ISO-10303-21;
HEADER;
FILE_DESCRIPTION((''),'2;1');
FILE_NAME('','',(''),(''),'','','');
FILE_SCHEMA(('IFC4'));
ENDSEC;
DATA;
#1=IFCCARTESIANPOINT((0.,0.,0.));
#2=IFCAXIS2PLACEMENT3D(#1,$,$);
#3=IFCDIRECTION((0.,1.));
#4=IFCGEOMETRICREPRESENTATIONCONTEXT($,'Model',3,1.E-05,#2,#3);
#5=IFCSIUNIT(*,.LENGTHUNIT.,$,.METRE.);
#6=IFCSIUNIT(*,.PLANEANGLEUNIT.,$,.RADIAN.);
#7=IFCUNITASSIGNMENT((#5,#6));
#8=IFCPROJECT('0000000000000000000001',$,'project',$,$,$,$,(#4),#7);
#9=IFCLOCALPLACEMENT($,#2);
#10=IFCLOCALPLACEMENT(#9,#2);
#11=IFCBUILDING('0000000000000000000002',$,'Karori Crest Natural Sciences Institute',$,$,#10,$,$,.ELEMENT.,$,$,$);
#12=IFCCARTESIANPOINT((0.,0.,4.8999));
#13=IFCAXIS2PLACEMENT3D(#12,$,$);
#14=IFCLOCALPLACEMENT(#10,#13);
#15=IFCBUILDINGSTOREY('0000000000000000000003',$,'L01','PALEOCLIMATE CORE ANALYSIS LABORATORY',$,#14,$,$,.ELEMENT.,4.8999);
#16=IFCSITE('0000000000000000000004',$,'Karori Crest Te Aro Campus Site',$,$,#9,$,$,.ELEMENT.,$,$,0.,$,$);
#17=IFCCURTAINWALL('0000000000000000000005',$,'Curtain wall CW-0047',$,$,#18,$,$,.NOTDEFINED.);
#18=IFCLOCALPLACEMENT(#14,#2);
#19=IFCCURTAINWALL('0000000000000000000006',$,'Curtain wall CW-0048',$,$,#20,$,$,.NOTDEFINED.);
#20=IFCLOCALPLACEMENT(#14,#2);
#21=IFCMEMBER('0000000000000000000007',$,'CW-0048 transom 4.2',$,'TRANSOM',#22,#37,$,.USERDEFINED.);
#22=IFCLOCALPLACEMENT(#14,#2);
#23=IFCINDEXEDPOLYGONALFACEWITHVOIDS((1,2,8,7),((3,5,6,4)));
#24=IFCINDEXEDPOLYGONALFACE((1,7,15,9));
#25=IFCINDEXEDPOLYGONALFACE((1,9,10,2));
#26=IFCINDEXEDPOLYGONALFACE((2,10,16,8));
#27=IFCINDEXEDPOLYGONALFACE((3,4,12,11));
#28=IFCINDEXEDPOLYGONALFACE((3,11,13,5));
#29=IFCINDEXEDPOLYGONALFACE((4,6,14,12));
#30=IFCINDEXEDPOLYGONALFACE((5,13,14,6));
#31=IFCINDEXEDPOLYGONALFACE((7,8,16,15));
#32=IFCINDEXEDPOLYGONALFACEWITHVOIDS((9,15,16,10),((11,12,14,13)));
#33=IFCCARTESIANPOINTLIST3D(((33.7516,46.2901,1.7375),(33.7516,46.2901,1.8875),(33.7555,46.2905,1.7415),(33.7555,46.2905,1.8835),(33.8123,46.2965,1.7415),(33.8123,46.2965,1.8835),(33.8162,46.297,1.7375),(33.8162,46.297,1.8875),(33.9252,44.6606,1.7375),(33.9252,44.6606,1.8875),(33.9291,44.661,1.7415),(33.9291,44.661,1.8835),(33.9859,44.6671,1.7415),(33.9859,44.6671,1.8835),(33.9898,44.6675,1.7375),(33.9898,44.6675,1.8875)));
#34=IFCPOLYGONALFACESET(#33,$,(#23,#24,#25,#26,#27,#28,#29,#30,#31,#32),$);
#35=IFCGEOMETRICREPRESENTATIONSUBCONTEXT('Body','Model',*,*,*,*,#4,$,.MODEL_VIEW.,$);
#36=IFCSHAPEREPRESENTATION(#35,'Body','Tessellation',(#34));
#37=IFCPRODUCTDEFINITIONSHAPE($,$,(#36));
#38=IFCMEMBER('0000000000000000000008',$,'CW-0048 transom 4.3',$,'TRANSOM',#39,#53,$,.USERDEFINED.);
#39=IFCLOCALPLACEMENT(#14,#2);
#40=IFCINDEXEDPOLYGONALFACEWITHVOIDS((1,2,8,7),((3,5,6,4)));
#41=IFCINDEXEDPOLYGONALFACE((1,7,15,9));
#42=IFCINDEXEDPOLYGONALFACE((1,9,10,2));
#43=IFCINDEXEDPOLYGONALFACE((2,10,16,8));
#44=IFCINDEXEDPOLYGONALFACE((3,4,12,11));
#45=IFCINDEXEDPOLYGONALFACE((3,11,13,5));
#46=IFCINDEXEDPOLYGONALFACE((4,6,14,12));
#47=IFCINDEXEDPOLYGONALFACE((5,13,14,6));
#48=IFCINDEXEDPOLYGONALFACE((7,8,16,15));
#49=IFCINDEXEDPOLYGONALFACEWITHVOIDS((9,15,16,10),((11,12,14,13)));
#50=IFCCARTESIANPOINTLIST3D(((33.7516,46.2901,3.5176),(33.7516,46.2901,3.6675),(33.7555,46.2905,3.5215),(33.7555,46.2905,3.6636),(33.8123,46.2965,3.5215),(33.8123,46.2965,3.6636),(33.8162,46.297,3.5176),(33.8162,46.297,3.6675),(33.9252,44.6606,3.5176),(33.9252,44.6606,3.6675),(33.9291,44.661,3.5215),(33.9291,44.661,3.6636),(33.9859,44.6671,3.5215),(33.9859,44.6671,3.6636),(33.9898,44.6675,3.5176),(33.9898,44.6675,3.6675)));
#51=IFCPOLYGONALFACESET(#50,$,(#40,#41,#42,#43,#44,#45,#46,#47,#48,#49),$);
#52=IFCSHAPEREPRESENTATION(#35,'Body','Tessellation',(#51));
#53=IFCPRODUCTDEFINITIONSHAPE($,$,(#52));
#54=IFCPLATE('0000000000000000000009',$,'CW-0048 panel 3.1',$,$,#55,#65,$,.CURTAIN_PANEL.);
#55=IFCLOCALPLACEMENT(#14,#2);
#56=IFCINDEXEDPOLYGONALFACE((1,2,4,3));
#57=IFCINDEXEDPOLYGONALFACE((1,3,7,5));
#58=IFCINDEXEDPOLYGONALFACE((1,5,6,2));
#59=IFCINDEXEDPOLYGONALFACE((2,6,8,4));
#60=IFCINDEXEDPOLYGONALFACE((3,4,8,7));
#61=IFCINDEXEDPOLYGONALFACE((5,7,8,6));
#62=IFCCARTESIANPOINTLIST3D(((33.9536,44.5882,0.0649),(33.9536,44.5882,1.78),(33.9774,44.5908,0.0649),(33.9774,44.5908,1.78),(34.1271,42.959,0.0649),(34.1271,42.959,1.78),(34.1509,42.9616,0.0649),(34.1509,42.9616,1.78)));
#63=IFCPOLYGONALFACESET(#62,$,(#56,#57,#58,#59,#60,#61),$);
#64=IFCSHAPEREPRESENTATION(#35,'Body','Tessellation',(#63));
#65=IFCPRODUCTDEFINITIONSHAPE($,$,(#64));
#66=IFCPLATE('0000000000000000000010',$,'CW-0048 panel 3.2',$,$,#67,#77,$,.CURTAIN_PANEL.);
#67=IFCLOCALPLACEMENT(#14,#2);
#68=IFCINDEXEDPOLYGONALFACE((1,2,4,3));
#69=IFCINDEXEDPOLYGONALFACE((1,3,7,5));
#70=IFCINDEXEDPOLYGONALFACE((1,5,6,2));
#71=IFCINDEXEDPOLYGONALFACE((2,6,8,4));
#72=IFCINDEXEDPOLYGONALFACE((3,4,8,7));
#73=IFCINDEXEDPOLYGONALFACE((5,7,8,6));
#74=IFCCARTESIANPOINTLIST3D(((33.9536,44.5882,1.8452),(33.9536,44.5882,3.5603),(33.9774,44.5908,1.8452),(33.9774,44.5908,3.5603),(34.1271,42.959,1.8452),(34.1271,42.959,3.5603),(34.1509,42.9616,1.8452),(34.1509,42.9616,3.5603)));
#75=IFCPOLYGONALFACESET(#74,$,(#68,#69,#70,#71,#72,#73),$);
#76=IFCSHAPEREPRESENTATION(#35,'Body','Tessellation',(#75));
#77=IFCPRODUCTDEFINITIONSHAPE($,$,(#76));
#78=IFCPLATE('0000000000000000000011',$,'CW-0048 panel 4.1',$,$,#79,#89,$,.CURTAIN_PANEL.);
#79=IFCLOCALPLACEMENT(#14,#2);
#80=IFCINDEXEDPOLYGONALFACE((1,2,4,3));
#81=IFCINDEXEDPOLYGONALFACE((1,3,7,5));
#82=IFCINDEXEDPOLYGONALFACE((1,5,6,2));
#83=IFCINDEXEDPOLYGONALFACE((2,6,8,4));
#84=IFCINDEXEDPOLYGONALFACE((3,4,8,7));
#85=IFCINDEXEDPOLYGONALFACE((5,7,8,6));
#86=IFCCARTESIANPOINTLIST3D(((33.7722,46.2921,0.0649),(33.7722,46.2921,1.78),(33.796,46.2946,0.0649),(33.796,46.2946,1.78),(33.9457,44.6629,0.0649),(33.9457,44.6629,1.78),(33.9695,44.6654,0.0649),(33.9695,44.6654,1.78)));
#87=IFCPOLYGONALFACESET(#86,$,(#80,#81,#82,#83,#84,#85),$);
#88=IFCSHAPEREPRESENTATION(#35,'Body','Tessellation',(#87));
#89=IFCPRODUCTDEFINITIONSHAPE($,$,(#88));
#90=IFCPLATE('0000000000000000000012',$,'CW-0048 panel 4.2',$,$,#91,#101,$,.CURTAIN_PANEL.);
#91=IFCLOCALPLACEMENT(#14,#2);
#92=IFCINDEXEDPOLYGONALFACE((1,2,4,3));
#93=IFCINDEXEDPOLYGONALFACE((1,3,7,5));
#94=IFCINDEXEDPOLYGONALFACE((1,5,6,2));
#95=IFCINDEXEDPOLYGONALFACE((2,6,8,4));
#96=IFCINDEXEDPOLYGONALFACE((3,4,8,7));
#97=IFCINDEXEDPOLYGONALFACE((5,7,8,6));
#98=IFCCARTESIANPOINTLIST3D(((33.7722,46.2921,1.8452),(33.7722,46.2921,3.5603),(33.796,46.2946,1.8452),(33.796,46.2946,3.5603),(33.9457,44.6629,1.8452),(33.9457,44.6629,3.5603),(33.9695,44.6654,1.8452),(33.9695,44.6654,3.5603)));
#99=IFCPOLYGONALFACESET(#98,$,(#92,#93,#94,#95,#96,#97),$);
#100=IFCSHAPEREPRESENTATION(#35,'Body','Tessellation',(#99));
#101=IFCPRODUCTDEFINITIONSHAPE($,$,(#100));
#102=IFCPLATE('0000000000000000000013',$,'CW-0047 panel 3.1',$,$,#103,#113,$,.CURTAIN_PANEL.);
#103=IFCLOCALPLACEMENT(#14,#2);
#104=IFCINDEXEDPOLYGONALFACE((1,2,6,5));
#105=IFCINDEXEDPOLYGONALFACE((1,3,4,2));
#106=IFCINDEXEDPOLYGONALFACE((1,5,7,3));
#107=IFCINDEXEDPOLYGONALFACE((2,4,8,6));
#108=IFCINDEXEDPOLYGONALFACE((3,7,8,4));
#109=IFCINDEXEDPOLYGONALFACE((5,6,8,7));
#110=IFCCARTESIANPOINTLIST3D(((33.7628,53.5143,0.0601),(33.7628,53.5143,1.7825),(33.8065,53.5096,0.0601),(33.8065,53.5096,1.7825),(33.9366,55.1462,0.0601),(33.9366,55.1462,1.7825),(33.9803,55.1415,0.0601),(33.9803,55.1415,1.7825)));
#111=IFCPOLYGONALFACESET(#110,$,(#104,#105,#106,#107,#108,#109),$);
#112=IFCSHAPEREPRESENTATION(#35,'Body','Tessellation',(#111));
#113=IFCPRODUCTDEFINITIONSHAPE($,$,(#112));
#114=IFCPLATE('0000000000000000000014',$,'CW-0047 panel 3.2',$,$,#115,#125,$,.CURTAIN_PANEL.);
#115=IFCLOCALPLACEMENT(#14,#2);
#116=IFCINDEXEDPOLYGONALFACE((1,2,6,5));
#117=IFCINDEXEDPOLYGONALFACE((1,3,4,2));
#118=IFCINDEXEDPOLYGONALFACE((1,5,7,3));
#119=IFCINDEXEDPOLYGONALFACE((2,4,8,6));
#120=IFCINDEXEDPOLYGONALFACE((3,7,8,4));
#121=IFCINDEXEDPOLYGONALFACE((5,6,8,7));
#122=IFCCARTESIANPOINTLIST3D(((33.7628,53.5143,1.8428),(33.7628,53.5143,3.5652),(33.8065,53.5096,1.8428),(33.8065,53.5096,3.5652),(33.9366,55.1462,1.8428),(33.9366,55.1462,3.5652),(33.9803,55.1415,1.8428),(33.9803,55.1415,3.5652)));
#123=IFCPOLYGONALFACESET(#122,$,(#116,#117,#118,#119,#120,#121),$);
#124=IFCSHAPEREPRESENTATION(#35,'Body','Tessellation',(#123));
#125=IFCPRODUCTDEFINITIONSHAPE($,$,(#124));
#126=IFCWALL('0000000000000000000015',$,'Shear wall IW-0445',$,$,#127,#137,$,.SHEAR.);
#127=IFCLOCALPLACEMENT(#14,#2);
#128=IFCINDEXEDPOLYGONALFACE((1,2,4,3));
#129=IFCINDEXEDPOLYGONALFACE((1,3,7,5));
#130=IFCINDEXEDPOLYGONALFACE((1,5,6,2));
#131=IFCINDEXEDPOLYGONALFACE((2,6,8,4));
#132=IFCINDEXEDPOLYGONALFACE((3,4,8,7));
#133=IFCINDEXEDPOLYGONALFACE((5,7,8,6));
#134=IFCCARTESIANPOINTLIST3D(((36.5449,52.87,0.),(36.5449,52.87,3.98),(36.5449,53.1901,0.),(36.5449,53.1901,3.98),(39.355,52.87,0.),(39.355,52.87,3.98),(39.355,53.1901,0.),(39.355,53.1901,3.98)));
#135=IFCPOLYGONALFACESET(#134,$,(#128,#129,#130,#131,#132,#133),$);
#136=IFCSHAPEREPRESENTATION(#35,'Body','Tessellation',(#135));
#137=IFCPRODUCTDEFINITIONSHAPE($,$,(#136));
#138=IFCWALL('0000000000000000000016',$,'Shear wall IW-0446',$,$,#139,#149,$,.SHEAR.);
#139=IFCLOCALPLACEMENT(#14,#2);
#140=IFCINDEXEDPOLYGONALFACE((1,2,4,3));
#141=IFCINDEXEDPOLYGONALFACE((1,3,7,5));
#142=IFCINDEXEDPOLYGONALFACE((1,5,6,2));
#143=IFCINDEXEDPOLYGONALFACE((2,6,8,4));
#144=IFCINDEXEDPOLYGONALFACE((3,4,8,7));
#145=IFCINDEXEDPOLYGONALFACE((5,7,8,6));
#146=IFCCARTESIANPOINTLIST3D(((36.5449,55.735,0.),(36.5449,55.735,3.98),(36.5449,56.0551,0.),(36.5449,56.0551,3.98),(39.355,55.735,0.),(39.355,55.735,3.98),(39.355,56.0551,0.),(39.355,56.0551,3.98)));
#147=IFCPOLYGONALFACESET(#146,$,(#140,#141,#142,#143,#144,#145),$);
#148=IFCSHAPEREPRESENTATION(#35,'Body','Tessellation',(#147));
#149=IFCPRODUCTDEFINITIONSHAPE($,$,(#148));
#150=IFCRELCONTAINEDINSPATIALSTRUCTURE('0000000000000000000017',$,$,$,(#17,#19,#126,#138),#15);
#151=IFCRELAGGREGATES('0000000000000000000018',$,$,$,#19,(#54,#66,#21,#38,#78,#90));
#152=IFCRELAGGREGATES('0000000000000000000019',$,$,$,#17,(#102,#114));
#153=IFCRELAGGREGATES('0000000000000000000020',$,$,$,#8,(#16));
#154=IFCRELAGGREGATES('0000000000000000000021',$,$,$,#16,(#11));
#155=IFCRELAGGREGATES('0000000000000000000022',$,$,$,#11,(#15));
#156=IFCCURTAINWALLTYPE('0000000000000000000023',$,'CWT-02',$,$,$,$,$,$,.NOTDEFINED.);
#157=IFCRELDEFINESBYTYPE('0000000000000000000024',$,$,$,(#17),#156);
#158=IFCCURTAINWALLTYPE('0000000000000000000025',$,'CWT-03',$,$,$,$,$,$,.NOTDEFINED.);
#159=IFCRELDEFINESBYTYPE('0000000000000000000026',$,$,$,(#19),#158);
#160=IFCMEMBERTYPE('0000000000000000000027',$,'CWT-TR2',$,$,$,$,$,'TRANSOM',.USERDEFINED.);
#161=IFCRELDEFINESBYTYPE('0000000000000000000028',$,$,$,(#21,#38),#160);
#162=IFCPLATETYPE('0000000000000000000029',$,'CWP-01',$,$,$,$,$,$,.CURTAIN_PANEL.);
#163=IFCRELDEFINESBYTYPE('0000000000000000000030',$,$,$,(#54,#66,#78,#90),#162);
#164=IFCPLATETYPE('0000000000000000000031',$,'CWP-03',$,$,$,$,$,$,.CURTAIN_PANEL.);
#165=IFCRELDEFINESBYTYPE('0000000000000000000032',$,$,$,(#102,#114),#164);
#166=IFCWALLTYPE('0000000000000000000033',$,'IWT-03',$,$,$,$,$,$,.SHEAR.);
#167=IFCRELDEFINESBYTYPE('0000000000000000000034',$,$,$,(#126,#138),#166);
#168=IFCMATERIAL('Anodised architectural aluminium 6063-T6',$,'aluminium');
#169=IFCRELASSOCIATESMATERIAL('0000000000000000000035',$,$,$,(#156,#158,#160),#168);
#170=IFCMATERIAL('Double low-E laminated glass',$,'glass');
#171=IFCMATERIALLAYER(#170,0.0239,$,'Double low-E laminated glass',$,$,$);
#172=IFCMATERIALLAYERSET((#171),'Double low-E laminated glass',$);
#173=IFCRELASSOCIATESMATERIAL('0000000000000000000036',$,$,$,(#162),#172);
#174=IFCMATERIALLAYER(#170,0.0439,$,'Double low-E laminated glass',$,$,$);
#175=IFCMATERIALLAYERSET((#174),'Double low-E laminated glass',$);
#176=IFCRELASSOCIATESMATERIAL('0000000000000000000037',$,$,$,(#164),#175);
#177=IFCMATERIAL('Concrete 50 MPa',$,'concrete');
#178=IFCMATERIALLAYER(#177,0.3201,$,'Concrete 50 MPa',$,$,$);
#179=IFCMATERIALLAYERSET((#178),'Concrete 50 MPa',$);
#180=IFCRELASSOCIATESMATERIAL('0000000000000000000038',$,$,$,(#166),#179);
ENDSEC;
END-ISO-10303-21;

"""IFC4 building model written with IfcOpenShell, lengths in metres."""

from ifc_helpers import new_model, si_unit, direction, frame, frame_2d, origin, origin_2d, place, context, subcontext, project, spatial, rectangle, hollow_rectangle, extrude, material, layer, layer_set, material_profile, profile_set, type_object, element, aggregate, save


model = new_model("IFC4")

# Units and contexts
model_context = context("Model", 3, precision=1e-05, world=origin(), true_north=direction((0.0, 1.0)))
body_context = subcontext(model_context, "Body", "Model", "MODEL_VIEW")
ifc_project = project(units=[si_unit("LENGTHUNIT", "METRE"), si_unit("PLANEANGLEUNIT", "RADIAN")], contexts=[model_context])

# Site, building, storey
site_placement = place(None, origin())
site = spatial("IfcSite", under=ifc_project, at=site_placement, Name="Karori Crest Te Aro Campus Site", CompositionType="ELEMENT", RefElevation=0.0)
building_placement = place(site_placement, origin())
building = spatial("IfcBuilding", under=site, at=building_placement, Name="Karori Crest Natural Sciences Institute", CompositionType="ELEMENT")
storey_placement = place(building_placement, frame((0.0, 0.0, 4.8999)))
storey = spatial("IfcBuildingStorey", under=building, at=storey_placement, Name="L01", Description="PALEOCLIMATE CORE ANALYSIS LABORATORY", CompositionType="ELEMENT", Elevation=4.8999)

# Curtain walls
ifc_material_1 = material(Name="Anodised architectural aluminium 6063-T6", Category="aluminium")
curtain_wall_type_1 = type_object("IfcCurtainWallType", Name="CWT-02", PredefinedType="NOTDEFINED", material=ifc_material_1)
curtain_wall_1_placement = place(storey_placement, origin())
curtain_wall_1 = element("IfcCurtainWall", 1, at=curtain_wall_1_placement, inside=storey, type_object=curtain_wall_type_1, Name="Curtain wall CW-0047", PredefinedType="NOTDEFINED")
curtain_wall_type_2 = type_object("IfcCurtainWallType", Name="CWT-03", PredefinedType="NOTDEFINED", material=ifc_material_1)
curtain_wall_2_placement = place(storey_placement, origin())
curtain_wall_2 = element("IfcCurtainWall", 2, at=curtain_wall_2_placement, inside=storey, type_object=curtain_wall_type_2, Name="Curtain wall CW-0048", PredefinedType="NOTDEFINED")

# Members
ifc_material_profile_1 = material_profile(ifc_material_1, hollow_rectangle(XDim=0.0649, YDim=0.1499, WallThickness=0.0039, at=origin_2d()), Name="CWT150x65x4")
ifc_profile_set_1 = profile_set([ifc_material_profile_1], Name="Anodised architectural aluminium 6063-T6")
member_type_1 = type_object("IfcMemberType", Name="CWT-TR2", ElementType="TRANSOM", PredefinedType="USERDEFINED", material=ifc_profile_set_1)
member_1_placement = place(storey_placement, frame((33.9575, 44.6641, 1.8125), z_axis=(-0.105933, 0.994373, 0.0), x_axis=(-0.994373, -0.105933, 0.0)))
member_1 = element("IfcMember", 3, at=member_1_placement, type_object=member_type_1, Name="CW-0048 transom 4.2", ObjectType="TRANSOM", PredefinedType="USERDEFINED", context=body_context, shape_type="SweptSolid", body=[
    extrude(hollow_rectangle(XDim=0.0649, YDim=0.1499, WallThickness=0.0039, at=origin_2d()), origin(), (0.0, 0.0, 1.0), 1.6387),
])
member_2_placement = place(storey_placement, frame((33.9575, 44.6641, 3.5925), z_axis=(-0.105933, 0.994373, 0.0), x_axis=(-0.994373, -0.105933, 0.0)))
member_2 = element("IfcMember", 4, at=member_2_placement, type_object=member_type_1, Name="CW-0048 transom 4.3", ObjectType="TRANSOM", PredefinedType="USERDEFINED", context=body_context, shape_type="SweptSolid", body=[
    extrude(hollow_rectangle(XDim=0.0649, YDim=0.1499, WallThickness=0.0039, at=origin_2d()), origin(), (0.0, 0.0, 1.0), 1.6387),
])

# Plates
ifc_material_2 = material(Name="Double low-E laminated glass", Category="glass")
ifc_layer_1 = layer(ifc_material_2, 0.0239, Name="Double low-E laminated glass")
ifc_layer_set_1 = layer_set([ifc_layer_1], Name="Double low-E laminated glass")
plate_type_1 = type_object("IfcPlateType", Name="CWP-01", PredefinedType="CURTAIN_PANEL", material=ifc_layer_set_1)
plate_1_placement = place(storey_placement, frame((34.0522, 43.7749, 0.0649), z_axis=(0.0, 0.0, 1.0), x_axis=(-0.105882, 0.994379, 0.0)))
plate_1 = element("IfcPlate", 5, at=plate_1_placement, type_object=plate_type_1, Name="CW-0048 panel 3.1", PredefinedType="CURTAIN_PANEL", context=body_context, shape_type="SweptSolid", body=[
    extrude(rectangle(XDim=1.6384, YDim=0.0239, at=origin_2d()), origin(), (0.0, 0.0, 1.0), 1.7151),
])
plate_2_placement = place(storey_placement, frame((34.0522, 43.7749, 1.8452), z_axis=(0.0, 0.0, 1.0), x_axis=(-0.105882, 0.994379, 0.0)))
plate_2 = element("IfcPlate", 6, at=plate_2_placement, type_object=plate_type_1, Name="CW-0048 panel 3.2", PredefinedType="CURTAIN_PANEL", context=body_context, shape_type="SweptSolid", body=[
    extrude(rectangle(XDim=1.6384, YDim=0.0239, at=origin_2d()), origin(), (0.0, 0.0, 1.0), 1.7151),
])
plate_3_placement = place(storey_placement, frame((33.8708, 45.4788, 0.0649), z_axis=(0.0, 0.0, 1.0), x_axis=(-0.105882, 0.994379, 0.0)))
plate_3 = element("IfcPlate", 7, at=plate_3_placement, type_object=plate_type_1, Name="CW-0048 panel 4.1", PredefinedType="CURTAIN_PANEL", context=body_context, shape_type="SweptSolid", body=[
    extrude(rectangle(XDim=1.6384, YDim=0.0239, at=origin_2d()), origin(), (0.0, 0.0, 1.0), 1.7151),
])
plate_4_placement = place(storey_placement, frame((33.8708, 45.4788, 1.8452), z_axis=(0.0, 0.0, 1.0), x_axis=(-0.105882, 0.994379, 0.0)))
plate_4 = element("IfcPlate", 8, at=plate_4_placement, type_object=plate_type_1, Name="CW-0048 panel 4.2", PredefinedType="CURTAIN_PANEL", context=body_context, shape_type="SweptSolid", body=[
    extrude(rectangle(XDim=1.6384, YDim=0.0239, at=origin_2d()), origin(), (0.0, 0.0, 1.0), 1.7151),
])
aggregate(curtain_wall_2, [plate_1, plate_2, member_1, member_2, plate_3, plate_4])
ifc_layer_2 = layer(ifc_material_2, 0.0439, Name="Double low-E laminated glass")
ifc_layer_set_2 = layer_set([ifc_layer_2], Name="Double low-E laminated glass")
plate_type_2 = type_object("IfcPlateType", Name="CWP-03", PredefinedType="CURTAIN_PANEL", material=ifc_layer_set_2)
plate_5_placement = place(storey_placement, frame((33.8716, 54.3279, 0.0601), z_axis=(0.0, 0.0, 1.0), x_axis=(0.105884, 0.994378, 0.0)))
plate_5 = element("IfcPlate", 9, at=plate_5_placement, type_object=plate_type_2, Name="CW-0047 panel 3.1", PredefinedType="CURTAIN_PANEL", context=body_context, shape_type="SweptSolid", body=[
    extrude(rectangle(XDim=1.6411, YDim=0.0439, at=origin_2d()), origin(), (0.0, 0.0, 1.0), 1.7224),
])
plate_6_placement = place(storey_placement, frame((33.8716, 54.3279, 1.8428), z_axis=(0.0, 0.0, 1.0), x_axis=(0.105884, 0.994378, 0.0)))
plate_6 = element("IfcPlate", 10, at=plate_6_placement, type_object=plate_type_2, Name="CW-0047 panel 3.2", PredefinedType="CURTAIN_PANEL", context=body_context, shape_type="SweptSolid", body=[
    extrude(rectangle(XDim=1.6411, YDim=0.0439, at=origin_2d()), origin(), (0.0, 0.0, 1.0), 1.7224),
])
aggregate(curtain_wall_1, [plate_5, plate_6])

# Walls
ifc_material_3 = material(Name="Concrete 50 MPa", Category="concrete")
ifc_layer_3 = layer(ifc_material_3, 0.3201, Name="Concrete 50 MPa")
ifc_layer_set_3 = layer_set([ifc_layer_3], Name="Concrete 50 MPa")
wall_type = type_object("IfcWallType", Name="IWT-03", PredefinedType="SHEAR", material=ifc_layer_set_3)
for number, where, z_axis, x_axis, name in (
    (11, (36.5449, 53.03, 0.0), (0.0, 0.0, 1.0), (1.0, 0.0, 0.0), "Shear wall IW-0445"),
    (12, (36.5449, 55.895, 0.0), (0.0, 0.0, 1.0), (1.0, 0.0, 0.0), "Shear wall IW-0446"),
):
    element("IfcWall", number, at=place(storey_placement, frame(where, z_axis=z_axis, x_axis=x_axis)), inside=storey, type_object=wall_type, Name=name, PredefinedType="SHEAR", context=body_context, shape_type="SweptSolid", body=[
        extrude(rectangle(XDim=2.8101, YDim=0.3201, at=frame_2d((1.405, 0.0))), origin(), (0.0, 0.0, 1.0), 3.98),
    ])

save(model, "model.ifc")
